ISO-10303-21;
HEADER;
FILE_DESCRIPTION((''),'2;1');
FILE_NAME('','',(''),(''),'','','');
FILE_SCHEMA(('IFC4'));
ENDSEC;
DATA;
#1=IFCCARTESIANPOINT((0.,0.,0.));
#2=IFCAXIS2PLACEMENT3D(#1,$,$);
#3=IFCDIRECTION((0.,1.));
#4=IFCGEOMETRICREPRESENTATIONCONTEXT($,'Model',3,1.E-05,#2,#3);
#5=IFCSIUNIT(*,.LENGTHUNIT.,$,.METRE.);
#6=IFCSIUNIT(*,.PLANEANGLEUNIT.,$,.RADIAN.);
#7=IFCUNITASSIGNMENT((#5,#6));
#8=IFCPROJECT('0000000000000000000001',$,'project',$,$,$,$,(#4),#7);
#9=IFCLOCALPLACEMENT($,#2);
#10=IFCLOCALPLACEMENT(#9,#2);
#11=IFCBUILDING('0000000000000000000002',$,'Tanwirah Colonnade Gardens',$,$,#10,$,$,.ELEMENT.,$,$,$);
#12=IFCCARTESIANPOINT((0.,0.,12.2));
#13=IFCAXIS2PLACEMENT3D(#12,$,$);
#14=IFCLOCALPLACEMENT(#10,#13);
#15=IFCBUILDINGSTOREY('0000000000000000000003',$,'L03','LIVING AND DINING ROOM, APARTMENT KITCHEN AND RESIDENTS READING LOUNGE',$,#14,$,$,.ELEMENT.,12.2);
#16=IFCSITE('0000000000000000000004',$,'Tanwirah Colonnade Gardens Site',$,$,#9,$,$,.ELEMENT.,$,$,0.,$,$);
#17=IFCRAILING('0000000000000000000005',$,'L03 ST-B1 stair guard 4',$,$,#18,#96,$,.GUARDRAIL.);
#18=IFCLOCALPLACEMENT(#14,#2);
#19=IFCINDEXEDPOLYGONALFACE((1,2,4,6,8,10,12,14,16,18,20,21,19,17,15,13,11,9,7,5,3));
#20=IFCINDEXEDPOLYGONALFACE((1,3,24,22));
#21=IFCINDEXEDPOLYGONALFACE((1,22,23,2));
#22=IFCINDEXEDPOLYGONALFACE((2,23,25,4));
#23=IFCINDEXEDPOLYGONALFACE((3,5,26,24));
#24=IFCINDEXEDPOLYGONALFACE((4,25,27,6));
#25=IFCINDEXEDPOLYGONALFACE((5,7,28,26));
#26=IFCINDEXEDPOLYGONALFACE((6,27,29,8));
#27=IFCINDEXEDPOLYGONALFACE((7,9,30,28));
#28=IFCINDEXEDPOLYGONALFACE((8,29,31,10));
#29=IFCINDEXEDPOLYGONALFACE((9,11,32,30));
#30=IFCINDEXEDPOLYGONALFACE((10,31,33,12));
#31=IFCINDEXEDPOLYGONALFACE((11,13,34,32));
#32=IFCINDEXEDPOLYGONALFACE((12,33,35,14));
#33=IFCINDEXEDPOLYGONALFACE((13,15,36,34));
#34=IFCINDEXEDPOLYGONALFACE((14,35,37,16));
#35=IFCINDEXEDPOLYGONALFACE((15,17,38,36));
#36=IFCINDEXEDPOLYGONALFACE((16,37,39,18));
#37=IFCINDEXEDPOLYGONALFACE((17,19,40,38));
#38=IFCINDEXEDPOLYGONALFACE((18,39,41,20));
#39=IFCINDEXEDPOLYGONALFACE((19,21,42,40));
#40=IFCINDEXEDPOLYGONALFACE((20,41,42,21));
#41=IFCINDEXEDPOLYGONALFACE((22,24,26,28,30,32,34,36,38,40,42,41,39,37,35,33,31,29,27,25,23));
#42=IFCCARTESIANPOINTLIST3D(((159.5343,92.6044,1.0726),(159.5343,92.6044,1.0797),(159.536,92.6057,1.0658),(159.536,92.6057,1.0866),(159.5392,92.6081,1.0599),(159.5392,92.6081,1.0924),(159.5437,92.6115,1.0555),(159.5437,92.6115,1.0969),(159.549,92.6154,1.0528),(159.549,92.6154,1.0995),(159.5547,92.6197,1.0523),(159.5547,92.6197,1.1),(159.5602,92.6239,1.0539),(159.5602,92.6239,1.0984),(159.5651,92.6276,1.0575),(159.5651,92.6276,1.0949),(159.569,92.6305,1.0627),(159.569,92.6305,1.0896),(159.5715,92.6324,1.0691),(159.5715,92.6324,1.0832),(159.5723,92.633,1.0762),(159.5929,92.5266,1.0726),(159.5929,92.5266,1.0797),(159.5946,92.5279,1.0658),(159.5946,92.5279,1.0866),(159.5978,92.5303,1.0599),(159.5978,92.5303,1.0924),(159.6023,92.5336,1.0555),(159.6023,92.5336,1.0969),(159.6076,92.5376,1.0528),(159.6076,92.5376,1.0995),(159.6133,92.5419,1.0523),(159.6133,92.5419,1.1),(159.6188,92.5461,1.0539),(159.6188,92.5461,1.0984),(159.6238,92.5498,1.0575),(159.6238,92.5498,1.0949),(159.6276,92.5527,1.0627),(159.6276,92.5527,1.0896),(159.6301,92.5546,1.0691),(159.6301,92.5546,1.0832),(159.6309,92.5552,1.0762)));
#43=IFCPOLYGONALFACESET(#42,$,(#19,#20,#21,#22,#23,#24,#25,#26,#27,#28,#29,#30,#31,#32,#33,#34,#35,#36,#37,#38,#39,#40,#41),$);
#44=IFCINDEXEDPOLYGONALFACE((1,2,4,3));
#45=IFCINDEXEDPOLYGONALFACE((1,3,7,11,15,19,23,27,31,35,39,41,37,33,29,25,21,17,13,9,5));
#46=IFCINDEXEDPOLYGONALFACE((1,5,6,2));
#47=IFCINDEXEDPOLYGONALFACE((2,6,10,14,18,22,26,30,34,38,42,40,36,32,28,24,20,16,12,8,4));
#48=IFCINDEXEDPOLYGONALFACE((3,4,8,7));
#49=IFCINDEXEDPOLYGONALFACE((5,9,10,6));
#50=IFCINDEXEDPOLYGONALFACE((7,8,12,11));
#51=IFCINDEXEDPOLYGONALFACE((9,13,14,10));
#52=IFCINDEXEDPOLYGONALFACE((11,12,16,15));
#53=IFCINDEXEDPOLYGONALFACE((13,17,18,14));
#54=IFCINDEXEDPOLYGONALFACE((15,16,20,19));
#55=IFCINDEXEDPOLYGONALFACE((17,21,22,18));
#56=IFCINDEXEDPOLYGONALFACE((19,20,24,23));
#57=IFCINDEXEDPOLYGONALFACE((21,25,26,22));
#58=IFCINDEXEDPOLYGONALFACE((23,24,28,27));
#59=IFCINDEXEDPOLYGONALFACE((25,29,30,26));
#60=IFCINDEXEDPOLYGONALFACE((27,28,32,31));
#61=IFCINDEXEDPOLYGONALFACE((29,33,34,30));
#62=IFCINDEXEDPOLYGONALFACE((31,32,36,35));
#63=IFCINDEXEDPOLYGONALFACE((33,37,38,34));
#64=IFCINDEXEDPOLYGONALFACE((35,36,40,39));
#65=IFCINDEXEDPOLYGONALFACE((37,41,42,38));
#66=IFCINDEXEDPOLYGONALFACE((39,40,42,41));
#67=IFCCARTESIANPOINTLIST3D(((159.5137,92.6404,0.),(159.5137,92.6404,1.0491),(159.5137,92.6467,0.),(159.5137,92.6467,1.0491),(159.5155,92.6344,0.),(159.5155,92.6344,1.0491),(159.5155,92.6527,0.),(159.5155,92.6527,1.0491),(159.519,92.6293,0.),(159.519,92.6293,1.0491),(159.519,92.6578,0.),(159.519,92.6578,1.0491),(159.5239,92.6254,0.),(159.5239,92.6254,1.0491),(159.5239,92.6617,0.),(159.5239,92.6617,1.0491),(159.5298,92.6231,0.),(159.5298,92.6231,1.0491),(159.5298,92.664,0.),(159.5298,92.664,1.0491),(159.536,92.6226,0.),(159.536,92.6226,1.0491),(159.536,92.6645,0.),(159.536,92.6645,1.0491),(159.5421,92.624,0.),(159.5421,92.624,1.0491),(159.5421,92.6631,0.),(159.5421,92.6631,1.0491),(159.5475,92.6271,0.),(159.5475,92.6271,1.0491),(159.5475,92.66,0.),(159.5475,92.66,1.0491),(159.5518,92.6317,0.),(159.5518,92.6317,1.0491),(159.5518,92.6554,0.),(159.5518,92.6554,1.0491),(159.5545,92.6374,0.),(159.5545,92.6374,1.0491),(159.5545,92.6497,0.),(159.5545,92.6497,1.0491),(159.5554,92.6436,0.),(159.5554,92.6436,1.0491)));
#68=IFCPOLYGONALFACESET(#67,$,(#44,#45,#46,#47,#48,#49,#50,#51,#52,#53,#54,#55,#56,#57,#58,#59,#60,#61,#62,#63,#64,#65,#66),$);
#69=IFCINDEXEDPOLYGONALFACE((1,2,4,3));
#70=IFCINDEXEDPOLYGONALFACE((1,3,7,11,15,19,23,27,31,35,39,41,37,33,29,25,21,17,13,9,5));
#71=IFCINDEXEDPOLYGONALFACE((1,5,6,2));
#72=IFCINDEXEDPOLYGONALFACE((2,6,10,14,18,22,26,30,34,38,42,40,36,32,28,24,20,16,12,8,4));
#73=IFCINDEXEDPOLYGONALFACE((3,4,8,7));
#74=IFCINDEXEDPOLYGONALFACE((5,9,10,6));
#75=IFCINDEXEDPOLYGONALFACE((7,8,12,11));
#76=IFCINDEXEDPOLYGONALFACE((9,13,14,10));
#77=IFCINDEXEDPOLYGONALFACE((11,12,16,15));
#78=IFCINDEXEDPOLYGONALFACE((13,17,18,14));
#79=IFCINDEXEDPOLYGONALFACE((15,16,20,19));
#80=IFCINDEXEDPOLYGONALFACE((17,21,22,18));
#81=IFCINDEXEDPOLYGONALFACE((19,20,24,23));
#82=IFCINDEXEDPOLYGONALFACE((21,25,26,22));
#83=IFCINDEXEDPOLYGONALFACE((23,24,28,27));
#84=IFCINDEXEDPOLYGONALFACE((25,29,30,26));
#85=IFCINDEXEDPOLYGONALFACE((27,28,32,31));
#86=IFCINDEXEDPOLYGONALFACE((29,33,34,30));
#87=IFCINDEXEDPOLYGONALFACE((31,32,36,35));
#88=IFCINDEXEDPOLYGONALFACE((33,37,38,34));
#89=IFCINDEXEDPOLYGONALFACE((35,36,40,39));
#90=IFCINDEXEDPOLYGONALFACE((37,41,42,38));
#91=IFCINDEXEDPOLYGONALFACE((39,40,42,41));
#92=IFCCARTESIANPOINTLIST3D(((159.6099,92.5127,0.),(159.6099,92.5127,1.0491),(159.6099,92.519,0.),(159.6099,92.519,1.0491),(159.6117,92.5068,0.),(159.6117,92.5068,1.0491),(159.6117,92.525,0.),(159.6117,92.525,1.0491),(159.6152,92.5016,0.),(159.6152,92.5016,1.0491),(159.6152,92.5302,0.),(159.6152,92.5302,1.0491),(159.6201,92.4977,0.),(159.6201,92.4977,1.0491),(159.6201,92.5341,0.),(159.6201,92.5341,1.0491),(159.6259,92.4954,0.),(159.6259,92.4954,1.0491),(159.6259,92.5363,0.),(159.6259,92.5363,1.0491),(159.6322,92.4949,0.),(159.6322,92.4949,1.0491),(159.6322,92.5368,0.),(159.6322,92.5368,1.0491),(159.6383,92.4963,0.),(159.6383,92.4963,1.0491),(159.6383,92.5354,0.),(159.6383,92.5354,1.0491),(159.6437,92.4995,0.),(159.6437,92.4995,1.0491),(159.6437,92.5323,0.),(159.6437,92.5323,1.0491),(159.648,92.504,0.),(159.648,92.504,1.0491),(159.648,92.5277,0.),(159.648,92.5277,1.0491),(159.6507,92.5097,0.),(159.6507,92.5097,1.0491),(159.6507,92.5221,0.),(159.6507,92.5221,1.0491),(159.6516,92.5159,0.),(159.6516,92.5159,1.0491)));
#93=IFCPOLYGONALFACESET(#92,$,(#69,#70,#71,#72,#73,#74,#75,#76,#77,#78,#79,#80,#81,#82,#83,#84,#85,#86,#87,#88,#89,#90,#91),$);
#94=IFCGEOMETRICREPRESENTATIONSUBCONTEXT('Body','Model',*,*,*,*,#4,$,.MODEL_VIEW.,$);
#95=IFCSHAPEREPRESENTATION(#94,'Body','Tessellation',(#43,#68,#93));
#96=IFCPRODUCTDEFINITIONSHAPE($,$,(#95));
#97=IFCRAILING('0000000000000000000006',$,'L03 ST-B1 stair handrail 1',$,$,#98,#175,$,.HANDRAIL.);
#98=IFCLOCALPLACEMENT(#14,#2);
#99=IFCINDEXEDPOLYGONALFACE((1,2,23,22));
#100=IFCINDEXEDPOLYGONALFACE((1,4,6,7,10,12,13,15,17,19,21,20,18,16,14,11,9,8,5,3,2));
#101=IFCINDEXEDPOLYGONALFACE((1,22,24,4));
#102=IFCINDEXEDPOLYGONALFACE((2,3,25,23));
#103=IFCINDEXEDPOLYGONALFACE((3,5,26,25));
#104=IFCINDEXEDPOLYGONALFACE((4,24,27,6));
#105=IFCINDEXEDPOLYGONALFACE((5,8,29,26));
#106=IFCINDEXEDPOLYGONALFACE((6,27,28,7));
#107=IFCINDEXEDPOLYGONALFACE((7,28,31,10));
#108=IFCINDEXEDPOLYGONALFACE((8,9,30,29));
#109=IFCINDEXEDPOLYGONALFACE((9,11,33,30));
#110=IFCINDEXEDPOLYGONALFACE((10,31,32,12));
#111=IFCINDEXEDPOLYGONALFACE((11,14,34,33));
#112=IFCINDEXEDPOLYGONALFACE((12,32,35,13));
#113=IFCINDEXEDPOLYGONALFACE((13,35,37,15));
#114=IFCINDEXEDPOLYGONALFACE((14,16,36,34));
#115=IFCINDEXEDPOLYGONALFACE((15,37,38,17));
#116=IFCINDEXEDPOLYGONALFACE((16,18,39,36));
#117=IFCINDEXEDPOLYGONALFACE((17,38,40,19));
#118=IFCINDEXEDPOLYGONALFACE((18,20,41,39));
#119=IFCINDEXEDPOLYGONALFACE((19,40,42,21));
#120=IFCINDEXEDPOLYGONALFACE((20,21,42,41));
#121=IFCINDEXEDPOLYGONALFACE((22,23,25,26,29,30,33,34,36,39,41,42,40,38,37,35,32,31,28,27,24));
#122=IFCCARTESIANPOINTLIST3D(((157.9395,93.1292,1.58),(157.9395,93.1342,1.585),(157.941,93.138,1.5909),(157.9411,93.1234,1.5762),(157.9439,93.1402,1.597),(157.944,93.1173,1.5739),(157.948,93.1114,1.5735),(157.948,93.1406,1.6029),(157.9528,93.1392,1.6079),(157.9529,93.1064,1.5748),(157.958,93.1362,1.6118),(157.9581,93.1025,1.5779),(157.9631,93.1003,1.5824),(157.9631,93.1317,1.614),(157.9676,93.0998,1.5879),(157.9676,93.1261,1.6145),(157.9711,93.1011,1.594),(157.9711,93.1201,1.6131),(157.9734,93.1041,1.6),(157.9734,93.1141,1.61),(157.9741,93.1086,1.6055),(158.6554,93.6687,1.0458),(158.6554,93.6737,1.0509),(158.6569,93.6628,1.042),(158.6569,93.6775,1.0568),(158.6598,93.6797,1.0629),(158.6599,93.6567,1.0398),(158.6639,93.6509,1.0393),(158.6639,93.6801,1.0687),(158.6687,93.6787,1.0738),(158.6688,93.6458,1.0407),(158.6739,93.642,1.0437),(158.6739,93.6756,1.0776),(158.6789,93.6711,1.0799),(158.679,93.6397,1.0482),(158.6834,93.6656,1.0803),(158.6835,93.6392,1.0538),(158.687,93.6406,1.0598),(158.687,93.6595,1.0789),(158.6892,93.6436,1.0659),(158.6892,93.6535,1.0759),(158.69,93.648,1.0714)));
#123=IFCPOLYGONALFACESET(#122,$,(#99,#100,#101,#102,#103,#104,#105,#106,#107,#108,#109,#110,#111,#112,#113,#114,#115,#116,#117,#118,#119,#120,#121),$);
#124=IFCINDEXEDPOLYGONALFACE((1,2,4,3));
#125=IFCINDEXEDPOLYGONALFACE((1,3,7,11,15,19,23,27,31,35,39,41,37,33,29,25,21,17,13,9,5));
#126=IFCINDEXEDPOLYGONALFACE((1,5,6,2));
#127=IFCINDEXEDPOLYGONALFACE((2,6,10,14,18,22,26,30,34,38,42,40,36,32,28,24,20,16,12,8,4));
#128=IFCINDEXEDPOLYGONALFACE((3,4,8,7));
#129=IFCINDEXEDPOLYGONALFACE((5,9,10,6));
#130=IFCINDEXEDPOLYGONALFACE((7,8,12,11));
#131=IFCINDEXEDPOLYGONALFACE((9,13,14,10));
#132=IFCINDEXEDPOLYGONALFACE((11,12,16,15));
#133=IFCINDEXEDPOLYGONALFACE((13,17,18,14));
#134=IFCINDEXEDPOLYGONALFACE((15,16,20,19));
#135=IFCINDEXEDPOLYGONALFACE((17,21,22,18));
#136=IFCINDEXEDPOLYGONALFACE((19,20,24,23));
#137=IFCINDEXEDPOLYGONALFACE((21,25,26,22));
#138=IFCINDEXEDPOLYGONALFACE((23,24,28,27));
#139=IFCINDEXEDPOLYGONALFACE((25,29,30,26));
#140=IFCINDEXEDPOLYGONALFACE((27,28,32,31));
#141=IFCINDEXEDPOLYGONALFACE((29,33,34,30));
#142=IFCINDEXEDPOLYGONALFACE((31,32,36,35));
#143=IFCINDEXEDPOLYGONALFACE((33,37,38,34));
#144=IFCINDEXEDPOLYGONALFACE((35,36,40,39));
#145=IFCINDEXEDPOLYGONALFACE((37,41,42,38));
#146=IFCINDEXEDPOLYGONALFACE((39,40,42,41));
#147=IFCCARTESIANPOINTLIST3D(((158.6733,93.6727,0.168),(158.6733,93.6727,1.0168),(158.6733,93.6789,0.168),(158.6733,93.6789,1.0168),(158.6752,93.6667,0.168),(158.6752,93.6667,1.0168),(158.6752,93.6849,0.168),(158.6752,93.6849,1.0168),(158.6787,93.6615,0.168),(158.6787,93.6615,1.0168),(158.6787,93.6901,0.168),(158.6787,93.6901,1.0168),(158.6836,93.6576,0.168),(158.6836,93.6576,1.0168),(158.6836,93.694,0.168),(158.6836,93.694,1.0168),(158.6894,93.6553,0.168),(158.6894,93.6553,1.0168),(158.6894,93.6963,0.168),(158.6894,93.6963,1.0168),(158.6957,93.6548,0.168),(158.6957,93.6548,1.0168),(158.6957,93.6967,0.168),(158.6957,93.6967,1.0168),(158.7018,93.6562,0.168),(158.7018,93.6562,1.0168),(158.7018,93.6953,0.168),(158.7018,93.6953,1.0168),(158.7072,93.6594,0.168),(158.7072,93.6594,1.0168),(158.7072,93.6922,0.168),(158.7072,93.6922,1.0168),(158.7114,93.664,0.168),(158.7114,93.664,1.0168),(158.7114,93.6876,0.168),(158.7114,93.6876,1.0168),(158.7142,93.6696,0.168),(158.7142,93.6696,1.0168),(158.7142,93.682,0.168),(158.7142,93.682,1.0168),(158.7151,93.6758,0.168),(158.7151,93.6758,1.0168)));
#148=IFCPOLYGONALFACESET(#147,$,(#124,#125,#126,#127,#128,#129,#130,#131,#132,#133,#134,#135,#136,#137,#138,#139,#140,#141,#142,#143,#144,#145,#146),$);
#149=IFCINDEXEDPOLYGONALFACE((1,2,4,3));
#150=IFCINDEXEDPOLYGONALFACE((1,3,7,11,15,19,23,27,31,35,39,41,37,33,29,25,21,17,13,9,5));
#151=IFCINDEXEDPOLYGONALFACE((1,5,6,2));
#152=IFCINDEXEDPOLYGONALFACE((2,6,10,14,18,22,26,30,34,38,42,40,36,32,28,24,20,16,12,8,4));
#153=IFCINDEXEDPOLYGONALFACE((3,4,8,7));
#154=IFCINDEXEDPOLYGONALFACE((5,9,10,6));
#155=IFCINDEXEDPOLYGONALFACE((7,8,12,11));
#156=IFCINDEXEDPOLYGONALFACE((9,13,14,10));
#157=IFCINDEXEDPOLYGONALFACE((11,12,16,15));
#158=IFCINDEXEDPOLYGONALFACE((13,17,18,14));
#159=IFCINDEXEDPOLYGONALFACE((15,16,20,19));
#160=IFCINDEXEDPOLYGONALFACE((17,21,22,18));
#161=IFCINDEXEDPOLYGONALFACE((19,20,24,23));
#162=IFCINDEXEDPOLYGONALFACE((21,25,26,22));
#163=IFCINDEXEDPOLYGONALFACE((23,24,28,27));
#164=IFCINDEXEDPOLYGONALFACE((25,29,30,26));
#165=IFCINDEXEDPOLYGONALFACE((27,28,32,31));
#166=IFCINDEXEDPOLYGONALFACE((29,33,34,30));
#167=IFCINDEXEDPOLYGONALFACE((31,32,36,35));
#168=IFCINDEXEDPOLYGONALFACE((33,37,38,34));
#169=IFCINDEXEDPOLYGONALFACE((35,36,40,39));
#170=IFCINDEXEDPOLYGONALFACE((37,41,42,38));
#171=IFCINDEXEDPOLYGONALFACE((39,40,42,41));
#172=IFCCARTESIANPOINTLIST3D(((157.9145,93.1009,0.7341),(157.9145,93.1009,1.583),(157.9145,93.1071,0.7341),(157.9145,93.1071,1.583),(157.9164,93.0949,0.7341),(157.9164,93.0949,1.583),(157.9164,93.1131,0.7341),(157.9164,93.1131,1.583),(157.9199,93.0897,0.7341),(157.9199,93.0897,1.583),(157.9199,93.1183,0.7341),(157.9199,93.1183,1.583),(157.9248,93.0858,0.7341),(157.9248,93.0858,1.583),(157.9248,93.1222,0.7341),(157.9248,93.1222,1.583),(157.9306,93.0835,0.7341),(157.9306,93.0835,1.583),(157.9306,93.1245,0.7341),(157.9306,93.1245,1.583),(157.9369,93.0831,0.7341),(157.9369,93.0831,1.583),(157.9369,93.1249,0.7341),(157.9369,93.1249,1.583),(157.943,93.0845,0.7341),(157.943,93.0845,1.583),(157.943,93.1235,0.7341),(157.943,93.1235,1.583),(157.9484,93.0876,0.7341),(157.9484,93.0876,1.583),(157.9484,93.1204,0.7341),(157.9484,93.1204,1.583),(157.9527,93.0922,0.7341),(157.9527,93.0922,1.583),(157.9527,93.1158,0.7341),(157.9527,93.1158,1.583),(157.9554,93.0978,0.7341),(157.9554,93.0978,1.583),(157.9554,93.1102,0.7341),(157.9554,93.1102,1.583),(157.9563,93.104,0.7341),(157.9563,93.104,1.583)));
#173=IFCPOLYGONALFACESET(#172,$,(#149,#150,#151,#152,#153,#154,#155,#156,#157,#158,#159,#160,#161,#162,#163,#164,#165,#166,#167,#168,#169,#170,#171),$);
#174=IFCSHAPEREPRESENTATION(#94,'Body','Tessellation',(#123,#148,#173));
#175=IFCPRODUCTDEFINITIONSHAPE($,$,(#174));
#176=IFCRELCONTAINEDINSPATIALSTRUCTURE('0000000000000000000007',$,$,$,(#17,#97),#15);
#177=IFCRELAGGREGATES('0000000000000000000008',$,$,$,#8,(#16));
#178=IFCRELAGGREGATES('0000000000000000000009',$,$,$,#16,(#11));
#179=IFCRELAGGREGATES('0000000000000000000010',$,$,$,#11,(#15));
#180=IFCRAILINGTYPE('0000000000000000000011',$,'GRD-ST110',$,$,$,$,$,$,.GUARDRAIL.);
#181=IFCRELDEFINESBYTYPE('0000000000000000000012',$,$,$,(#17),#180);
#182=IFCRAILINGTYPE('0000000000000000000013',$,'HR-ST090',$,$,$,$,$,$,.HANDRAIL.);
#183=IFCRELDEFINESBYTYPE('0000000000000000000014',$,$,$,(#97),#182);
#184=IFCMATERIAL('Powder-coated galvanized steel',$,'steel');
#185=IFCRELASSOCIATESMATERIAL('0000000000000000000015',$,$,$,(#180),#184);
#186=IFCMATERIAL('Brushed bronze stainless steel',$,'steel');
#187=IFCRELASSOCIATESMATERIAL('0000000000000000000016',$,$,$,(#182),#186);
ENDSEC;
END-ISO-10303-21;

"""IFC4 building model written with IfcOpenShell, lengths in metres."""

from ifc_helpers import new_model, si_unit, direction, frame, origin, origin_2d, place, context, subcontext, project, spatial, circle, extrude, material, type_object, element, save


model = new_model("IFC4")

# Units and contexts
model_context = context("Model", 3, precision=1e-05, world=origin(), true_north=direction((0.0, 1.0)))
body_context = subcontext(model_context, "Body", "Model", "MODEL_VIEW")
ifc_project = project(units=[si_unit("LENGTHUNIT", "METRE"), si_unit("PLANEANGLEUNIT", "RADIAN")], contexts=[model_context])

# Site, building, storey
site_placement = place(None, origin())
site = spatial("IfcSite", under=ifc_project, at=site_placement, Name="Tanwirah Colonnade Gardens Site", CompositionType="ELEMENT", RefElevation=0.0)
building_placement = place(site_placement, origin())
building = spatial("IfcBuilding", under=site, at=building_placement, Name="Tanwirah Colonnade Gardens", CompositionType="ELEMENT")
storey_placement = place(building_placement, frame((0.0, 0.0, 12.2)))
storey = spatial("IfcBuildingStorey", under=building, at=storey_placement, Name="L03", Description="LIVING AND DINING ROOM, APARTMENT KITCHEN AND RESIDENTS READING LOUNGE", CompositionType="ELEMENT", Elevation=12.2)

# Railings
ifc_material_1 = material(Name="Powder-coated galvanized steel", Category="steel")
railing_type_1 = type_object("IfcRailingType", Name="GRD-ST110", PredefinedType="GUARDRAIL", material=ifc_material_1)
railing_1_placement = place(storey_placement, frame((159.5344, 92.6436, 0.0)))
element("IfcRailing", 1, at=railing_1_placement, inside=storey, type_object=railing_type_1, Name="L03 ST-B1 stair guard 4", PredefinedType="GUARDRAIL", context=body_context, shape_type="SweptSolid", body=[
    extrude(circle(Radius=0.0239, at=origin_2d()), frame((0.0188, -0.0249, 1.0762), z_axis=(0.601709, -0.798715, 0.0), x_axis=(0.798715, 0.601709, 0.0)), (0.0, 0.0, 1.0), 0.0974),
    extrude(circle(Radius=0.021, at=origin_2d()), origin(), (0.0, 0.0, 1.0), 1.0491),
    extrude(circle(Radius=0.021, at=origin_2d()), frame((0.0962, -0.1277, 0.0)), (0.0, 0.0, 1.0), 1.0491),
])
ifc_material_2 = material(Name="Brushed bronze stainless steel", Category="steel")
railing_type_2 = type_object("IfcRailingType", Name="HR-ST090", PredefinedType="HANDRAIL", material=ifc_material_2)
railing_2_placement = place(storey_placement, frame((158.6941, 93.6758, 0.168)))
element("IfcRailing", 2, at=railing_2_placement, inside=storey, type_object=railing_type_2, Name="L03 ST-B1 stair handrail 1", PredefinedType="HANDRAIL", context=body_context, shape_type="SweptSolid", body=[
    extrude(circle(Radius=0.0239, at=origin_2d()), frame((-0.0215, -0.0161, 0.8918), z_axis=(-0.686068, -0.516979, 0.511902), x_axis=(0.601807, -0.798641, 0.0)), (0.0, 0.0, 1.0), 1.0435),
    extrude(circle(Radius=0.021, at=origin_2d()), origin(), (0.0, 0.0, 1.0), 0.8489),
    extrude(circle(Radius=0.021, at=origin_2d()), frame((-0.7588, -0.5718, 0.5662)), (0.0, 0.0, 1.0), 0.8489),
])

save(model, "model.ifc")
